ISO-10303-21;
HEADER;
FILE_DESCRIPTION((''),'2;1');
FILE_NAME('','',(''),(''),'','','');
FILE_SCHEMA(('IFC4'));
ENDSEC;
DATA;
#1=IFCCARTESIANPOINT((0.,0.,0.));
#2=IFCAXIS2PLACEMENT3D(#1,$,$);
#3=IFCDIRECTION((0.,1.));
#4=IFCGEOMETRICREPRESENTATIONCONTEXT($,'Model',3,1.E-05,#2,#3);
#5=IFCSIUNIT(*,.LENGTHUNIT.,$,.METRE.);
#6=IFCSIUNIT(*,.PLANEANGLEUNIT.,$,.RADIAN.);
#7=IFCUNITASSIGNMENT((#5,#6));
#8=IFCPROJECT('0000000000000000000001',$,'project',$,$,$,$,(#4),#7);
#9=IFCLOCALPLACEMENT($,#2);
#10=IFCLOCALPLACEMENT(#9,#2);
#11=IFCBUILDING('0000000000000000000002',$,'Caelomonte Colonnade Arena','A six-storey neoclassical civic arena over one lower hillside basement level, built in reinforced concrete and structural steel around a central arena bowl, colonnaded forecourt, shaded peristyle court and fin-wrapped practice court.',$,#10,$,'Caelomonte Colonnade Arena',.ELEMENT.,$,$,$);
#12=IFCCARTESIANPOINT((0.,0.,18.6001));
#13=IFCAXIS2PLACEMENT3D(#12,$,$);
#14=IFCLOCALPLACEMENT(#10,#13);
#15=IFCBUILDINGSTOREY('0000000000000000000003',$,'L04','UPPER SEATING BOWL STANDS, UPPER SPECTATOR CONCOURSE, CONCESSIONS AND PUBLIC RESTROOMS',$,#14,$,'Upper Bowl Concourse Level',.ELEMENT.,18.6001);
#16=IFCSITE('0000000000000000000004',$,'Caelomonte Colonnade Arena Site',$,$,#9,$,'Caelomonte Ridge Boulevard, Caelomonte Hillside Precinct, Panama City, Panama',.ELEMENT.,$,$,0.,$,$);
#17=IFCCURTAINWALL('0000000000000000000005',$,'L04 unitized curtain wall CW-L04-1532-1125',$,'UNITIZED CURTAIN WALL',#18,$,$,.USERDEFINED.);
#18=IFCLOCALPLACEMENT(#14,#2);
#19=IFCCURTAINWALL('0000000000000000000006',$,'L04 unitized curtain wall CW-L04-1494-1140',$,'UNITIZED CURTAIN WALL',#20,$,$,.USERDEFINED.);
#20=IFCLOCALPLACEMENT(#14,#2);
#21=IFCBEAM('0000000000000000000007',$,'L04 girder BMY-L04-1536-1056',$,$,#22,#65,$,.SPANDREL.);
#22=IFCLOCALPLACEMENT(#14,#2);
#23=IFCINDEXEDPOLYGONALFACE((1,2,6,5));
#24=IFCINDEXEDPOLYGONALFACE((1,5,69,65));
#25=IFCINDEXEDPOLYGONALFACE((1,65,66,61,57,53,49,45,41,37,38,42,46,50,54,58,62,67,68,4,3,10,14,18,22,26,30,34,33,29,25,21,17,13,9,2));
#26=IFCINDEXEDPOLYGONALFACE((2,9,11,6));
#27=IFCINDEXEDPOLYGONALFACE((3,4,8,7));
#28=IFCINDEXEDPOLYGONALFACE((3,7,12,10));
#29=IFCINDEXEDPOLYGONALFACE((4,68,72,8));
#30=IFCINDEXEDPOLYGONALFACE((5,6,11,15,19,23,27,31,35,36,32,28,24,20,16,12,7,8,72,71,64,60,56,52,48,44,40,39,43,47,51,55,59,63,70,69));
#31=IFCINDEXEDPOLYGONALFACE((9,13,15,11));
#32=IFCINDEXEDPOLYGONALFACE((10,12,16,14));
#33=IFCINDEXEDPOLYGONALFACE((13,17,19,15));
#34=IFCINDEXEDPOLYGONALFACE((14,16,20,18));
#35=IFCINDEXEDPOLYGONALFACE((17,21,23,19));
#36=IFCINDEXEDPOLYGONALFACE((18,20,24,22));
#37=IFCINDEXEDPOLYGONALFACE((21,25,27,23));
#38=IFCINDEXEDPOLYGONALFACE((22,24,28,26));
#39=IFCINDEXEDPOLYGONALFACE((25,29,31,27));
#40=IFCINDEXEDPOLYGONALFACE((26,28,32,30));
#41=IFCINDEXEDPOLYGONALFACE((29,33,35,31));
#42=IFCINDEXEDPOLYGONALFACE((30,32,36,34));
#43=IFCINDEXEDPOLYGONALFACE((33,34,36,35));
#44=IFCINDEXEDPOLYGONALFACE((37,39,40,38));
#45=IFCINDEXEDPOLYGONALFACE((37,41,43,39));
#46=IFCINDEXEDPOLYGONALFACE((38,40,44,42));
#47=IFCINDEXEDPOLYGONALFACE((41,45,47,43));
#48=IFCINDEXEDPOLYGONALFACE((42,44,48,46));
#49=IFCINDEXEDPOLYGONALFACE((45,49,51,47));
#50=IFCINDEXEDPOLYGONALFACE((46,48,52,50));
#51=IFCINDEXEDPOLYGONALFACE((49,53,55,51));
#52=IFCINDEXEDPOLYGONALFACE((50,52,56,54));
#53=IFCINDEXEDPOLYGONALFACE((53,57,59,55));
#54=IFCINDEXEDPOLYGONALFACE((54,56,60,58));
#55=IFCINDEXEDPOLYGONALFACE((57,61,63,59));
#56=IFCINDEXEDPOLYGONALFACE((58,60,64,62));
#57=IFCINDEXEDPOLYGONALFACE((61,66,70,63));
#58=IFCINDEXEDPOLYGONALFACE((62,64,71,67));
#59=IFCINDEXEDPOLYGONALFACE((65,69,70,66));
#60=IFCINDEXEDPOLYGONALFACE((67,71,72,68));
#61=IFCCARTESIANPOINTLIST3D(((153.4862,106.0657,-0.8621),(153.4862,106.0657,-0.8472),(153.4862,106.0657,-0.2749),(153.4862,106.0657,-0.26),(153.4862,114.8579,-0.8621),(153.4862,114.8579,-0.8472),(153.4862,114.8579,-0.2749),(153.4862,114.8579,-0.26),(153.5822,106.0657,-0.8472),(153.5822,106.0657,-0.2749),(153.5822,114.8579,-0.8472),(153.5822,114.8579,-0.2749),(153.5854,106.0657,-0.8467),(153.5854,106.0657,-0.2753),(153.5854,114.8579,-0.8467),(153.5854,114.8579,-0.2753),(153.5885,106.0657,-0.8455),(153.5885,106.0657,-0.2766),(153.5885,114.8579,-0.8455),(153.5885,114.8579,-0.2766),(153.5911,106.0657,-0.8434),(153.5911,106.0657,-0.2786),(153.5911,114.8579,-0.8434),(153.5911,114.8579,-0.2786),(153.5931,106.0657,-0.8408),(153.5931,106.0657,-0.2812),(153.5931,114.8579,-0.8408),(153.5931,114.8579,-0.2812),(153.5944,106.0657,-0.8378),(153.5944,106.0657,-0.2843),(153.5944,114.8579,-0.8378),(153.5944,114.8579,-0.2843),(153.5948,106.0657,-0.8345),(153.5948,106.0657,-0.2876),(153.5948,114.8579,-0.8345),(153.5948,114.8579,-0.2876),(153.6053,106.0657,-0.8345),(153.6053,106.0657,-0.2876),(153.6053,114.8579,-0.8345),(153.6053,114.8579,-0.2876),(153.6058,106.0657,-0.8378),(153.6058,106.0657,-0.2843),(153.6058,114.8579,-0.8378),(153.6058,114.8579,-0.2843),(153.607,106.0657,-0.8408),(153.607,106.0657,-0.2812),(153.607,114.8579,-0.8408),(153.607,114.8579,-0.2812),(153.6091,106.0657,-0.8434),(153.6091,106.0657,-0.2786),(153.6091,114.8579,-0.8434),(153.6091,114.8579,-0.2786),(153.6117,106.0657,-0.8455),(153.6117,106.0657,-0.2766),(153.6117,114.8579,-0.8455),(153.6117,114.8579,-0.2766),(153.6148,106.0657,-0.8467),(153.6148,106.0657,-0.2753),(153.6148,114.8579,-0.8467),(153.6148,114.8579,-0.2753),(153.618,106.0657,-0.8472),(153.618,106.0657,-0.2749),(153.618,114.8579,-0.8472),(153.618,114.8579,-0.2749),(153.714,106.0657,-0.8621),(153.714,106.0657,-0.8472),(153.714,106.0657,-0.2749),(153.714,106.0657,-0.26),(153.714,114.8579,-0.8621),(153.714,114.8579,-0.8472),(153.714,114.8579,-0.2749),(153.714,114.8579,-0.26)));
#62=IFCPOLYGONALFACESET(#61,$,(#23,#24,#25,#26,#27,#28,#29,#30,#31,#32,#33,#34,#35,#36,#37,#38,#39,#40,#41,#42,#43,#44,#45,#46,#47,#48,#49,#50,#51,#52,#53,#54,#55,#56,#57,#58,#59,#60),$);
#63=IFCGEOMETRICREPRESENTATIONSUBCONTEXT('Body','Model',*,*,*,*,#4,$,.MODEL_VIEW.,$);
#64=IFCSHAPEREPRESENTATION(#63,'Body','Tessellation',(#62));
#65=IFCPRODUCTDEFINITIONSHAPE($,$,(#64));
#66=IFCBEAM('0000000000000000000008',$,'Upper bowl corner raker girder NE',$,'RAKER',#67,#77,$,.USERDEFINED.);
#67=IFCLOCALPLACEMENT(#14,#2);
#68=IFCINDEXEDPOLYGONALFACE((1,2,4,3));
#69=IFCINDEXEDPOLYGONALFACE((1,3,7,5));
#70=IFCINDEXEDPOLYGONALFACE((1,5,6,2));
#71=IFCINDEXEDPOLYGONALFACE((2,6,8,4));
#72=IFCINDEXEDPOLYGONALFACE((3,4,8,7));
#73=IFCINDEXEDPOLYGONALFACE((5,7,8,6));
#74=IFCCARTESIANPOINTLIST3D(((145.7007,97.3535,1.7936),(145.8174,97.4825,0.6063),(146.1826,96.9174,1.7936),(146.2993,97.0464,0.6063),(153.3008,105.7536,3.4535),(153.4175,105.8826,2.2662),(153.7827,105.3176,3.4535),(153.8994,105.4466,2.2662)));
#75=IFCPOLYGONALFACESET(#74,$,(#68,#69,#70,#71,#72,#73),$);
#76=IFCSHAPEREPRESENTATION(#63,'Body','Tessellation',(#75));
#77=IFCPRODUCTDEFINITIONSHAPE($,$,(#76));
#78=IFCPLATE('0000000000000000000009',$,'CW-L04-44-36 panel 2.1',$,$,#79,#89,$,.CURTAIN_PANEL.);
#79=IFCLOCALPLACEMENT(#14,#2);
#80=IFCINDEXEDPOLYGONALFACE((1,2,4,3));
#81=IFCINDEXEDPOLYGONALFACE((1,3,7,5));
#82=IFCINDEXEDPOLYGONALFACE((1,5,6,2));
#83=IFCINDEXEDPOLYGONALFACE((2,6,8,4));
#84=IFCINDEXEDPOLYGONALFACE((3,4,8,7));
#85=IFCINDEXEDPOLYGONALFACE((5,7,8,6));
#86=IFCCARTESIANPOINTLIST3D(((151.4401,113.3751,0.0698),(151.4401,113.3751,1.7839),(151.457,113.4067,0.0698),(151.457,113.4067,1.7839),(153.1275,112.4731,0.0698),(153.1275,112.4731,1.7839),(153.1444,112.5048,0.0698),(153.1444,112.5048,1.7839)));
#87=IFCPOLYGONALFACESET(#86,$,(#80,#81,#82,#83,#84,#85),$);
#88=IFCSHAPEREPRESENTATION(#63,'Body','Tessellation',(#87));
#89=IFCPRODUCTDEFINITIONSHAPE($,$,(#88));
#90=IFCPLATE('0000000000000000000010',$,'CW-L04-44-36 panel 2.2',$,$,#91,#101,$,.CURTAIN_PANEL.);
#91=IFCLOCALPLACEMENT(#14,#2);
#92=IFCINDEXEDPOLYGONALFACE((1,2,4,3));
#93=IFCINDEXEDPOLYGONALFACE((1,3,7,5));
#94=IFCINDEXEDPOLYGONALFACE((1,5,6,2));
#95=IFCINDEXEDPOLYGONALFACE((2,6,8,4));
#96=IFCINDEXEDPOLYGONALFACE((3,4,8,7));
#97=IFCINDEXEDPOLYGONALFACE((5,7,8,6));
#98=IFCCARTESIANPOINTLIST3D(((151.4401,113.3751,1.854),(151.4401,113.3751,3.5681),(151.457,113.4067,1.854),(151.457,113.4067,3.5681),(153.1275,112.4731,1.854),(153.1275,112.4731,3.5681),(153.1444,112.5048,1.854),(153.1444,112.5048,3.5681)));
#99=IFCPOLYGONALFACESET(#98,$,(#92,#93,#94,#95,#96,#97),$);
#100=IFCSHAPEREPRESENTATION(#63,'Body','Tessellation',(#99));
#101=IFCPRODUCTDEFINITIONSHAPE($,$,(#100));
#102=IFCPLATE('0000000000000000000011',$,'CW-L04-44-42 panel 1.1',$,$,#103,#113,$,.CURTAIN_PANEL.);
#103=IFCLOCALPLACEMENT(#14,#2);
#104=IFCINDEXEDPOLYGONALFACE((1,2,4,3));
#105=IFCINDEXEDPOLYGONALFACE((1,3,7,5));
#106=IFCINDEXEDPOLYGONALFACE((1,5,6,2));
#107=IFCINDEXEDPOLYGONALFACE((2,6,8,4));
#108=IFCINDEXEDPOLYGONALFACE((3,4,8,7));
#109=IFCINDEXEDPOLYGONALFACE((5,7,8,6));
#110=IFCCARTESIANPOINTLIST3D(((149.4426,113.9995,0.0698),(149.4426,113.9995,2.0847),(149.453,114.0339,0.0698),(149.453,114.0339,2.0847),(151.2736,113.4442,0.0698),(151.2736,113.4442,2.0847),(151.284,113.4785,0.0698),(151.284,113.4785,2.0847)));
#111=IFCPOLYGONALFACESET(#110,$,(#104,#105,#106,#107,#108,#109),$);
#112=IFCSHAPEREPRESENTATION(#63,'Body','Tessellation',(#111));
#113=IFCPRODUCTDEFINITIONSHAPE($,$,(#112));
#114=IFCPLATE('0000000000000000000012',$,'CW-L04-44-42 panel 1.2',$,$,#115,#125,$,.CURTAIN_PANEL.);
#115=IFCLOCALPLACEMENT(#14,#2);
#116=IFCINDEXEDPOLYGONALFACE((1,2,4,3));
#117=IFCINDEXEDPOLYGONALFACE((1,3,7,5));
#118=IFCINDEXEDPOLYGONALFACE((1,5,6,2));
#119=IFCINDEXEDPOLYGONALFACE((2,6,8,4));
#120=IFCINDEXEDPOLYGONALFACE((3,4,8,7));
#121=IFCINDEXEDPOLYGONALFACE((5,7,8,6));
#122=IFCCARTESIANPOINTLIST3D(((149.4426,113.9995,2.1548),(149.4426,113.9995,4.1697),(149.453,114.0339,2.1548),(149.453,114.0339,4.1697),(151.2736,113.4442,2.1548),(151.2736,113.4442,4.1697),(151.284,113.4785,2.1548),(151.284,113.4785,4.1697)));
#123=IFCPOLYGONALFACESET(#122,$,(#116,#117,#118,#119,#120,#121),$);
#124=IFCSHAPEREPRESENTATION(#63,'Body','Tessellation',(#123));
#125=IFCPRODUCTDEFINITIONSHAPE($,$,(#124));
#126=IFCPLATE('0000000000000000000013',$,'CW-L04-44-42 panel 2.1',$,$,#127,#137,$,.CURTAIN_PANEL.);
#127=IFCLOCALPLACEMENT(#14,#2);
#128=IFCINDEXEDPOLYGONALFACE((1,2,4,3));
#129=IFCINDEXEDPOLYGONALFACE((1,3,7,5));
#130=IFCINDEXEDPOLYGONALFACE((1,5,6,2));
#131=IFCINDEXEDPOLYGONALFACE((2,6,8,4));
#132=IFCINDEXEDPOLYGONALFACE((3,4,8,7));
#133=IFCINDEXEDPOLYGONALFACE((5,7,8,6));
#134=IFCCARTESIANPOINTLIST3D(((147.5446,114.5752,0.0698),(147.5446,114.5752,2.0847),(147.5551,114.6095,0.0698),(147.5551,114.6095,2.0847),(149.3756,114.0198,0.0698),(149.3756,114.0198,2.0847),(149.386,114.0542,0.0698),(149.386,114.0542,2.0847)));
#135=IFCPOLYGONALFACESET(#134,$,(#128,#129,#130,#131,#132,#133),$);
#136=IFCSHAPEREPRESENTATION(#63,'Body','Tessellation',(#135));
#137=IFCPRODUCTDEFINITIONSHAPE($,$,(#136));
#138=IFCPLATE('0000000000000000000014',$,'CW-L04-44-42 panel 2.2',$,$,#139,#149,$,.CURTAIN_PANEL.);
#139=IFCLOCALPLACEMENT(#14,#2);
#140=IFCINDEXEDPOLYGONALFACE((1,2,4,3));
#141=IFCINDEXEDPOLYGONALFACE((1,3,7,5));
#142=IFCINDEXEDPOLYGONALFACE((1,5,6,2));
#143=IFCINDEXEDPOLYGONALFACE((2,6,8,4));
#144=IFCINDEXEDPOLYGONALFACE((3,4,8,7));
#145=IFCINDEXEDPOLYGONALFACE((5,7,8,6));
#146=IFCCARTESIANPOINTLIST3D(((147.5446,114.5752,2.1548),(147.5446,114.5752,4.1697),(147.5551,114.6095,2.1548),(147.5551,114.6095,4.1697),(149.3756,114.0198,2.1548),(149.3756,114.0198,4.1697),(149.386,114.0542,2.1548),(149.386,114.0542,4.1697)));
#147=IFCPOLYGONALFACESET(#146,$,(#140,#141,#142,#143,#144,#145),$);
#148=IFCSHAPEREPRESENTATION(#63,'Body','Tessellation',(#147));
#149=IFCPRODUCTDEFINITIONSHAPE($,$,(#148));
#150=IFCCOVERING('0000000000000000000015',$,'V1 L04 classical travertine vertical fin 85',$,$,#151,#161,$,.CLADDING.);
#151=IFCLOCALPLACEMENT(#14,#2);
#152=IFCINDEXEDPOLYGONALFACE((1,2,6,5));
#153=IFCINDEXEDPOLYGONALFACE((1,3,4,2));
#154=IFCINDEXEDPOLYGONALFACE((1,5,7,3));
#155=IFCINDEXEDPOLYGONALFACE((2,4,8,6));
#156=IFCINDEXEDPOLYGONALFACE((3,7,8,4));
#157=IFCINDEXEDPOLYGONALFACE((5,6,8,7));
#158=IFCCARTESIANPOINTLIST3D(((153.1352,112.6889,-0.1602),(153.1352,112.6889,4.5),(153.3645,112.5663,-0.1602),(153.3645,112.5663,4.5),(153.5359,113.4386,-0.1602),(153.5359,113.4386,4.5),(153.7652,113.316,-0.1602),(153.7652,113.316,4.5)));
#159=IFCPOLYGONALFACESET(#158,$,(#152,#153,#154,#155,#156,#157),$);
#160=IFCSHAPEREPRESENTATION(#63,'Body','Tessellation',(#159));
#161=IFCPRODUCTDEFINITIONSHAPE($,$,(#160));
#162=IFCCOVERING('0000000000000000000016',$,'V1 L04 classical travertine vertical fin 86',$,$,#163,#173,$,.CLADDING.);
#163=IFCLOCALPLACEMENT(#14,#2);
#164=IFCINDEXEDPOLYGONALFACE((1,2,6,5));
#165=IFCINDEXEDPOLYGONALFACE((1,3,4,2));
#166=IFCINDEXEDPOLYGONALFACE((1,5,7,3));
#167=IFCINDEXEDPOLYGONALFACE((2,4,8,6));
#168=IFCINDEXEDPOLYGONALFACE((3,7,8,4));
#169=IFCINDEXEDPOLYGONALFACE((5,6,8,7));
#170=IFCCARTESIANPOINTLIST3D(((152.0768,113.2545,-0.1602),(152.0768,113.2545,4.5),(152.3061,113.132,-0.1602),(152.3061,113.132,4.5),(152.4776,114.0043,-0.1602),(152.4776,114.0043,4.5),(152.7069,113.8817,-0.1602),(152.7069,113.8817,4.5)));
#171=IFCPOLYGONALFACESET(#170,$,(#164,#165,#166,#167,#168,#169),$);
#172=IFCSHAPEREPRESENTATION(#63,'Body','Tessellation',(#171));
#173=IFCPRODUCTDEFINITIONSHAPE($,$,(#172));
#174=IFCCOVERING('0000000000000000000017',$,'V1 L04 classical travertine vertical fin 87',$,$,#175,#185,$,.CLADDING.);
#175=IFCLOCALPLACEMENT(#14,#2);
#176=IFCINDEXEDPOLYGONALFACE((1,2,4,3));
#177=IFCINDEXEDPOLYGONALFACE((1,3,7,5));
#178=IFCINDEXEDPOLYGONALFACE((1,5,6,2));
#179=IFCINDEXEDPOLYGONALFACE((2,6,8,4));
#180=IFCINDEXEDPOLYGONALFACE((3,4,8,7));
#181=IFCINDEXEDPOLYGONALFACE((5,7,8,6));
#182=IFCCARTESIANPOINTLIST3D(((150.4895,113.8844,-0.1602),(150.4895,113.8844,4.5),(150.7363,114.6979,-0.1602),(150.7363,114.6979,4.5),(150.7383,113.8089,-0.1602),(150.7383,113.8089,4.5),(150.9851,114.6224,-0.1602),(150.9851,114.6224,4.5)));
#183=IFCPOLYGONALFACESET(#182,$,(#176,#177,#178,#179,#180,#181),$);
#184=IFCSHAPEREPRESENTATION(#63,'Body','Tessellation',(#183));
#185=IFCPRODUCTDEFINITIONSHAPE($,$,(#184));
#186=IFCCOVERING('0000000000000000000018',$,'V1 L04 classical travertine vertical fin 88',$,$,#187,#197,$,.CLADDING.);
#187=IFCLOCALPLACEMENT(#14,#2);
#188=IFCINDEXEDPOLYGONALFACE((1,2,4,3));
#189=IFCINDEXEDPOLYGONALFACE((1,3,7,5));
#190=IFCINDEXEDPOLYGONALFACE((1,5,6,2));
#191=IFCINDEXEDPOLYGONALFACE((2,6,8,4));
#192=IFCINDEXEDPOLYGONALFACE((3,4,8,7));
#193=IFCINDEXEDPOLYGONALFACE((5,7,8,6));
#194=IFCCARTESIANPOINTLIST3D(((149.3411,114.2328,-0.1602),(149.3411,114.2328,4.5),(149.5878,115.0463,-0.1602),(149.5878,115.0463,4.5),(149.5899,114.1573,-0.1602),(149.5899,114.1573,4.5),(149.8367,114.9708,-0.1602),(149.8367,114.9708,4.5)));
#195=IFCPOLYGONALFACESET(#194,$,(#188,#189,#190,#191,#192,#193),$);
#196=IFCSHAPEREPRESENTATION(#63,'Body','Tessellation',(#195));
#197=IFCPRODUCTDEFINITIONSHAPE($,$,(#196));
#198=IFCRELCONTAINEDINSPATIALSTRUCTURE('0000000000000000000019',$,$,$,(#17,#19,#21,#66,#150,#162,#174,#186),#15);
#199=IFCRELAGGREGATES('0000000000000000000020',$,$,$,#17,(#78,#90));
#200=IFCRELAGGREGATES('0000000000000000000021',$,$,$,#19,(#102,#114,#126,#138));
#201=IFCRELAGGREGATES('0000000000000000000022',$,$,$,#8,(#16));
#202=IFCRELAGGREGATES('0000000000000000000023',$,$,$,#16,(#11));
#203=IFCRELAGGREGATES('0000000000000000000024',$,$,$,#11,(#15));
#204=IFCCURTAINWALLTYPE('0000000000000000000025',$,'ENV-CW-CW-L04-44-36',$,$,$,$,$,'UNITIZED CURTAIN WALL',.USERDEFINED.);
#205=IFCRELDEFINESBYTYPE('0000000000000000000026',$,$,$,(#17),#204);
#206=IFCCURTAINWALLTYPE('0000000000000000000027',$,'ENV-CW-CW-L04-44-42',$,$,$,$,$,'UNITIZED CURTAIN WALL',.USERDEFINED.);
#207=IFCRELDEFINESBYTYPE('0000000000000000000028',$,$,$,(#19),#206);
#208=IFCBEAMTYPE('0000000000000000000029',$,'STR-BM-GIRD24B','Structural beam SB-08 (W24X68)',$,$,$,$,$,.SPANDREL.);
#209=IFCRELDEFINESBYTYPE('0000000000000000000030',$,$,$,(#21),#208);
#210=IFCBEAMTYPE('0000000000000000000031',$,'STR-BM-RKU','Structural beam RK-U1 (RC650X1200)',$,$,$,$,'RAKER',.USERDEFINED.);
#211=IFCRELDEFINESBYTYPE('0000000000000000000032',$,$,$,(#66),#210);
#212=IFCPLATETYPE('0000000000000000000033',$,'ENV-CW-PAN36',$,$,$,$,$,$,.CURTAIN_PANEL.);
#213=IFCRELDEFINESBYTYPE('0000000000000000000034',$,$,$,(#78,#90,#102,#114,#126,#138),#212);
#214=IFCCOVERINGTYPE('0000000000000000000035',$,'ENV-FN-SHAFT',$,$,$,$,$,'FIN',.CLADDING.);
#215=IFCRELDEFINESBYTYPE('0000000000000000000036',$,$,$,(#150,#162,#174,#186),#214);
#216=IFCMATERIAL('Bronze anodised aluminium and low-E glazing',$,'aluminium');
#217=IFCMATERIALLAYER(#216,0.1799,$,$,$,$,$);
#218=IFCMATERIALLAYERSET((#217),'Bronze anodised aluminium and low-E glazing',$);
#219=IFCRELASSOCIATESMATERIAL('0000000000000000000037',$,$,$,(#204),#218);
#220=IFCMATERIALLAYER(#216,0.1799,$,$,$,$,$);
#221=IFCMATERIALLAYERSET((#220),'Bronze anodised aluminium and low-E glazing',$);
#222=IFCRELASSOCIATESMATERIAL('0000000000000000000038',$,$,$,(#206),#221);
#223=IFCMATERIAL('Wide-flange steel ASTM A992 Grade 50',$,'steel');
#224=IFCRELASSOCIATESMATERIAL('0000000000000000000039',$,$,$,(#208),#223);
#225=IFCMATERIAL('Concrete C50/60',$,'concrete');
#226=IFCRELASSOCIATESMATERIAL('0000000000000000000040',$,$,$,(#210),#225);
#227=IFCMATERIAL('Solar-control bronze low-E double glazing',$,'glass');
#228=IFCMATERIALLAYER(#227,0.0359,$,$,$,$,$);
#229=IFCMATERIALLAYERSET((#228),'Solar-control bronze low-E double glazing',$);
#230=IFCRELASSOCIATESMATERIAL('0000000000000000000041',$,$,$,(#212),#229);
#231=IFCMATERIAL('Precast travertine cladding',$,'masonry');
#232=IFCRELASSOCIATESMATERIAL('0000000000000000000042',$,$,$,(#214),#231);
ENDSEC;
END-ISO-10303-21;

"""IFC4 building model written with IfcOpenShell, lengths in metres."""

from ifc_helpers import new_model, si_unit, direction, frame, origin, origin_2d, place, context, subcontext, project, spatial, rectangle, i_section, extrude, material, layer, layer_set, material_profile, profile_set, type_object, element, aggregate, save


model = new_model("IFC4")

# Units and contexts
model_context = context("Model", 3, precision=1e-05, world=origin(), true_north=direction((0.0, 1.0)))
body_context = subcontext(model_context, "Body", "Model", "MODEL_VIEW")
ifc_project = project(units=[si_unit("LENGTHUNIT", "METRE"), si_unit("PLANEANGLEUNIT", "RADIAN")], contexts=[model_context])

# Site, building, storey
site_placement = place(None, origin())
site = spatial("IfcSite", under=ifc_project, at=site_placement, Name="Caelomonte Colonnade Arena Site", LongName="Caelomonte Ridge Boulevard, Caelomonte Hillside Precinct, Panama City, Panama", CompositionType="ELEMENT", RefElevation=0.0)
building_placement = place(site_placement, origin())
building = spatial("IfcBuilding", under=site, at=building_placement, Name="Caelomonte Colonnade Arena", Description="A six-storey neoclassical civic arena over one lower hillside basement level, built in reinforced concrete and structural steel around a central arena bowl, colonnaded forecourt, shaded peristyle court and fin-wrapped practice court.", LongName="Caelomonte Colonnade Arena", CompositionType="ELEMENT")
storey_placement = place(building_placement, frame((0.0, 0.0, 18.6001)))
storey = spatial("IfcBuildingStorey", under=building, at=storey_placement, Name="L04", Description="UPPER SEATING BOWL STANDS, UPPER SPECTATOR CONCOURSE, CONCESSIONS AND PUBLIC RESTROOMS", LongName="Upper Bowl Concourse Level", CompositionType="ELEMENT", Elevation=18.6001)

# Shared definitions
ifc_material_1 = material(Name="Wide-flange steel ASTM A992 Grade 50", Category="steel")

# Curtain walls
ifc_material_2 = material(Name="Bronze anodised aluminium and low-E glazing", Category="aluminium")
ifc_layer_1 = layer(ifc_material_2, 0.1799)
ifc_layer_set_1 = layer_set([ifc_layer_1], Name="Bronze anodised aluminium and low-E glazing")
curtain_wall_type_1 = type_object("IfcCurtainWallType", Name="ENV-CW-CW-L04-44-36", ElementType="UNITIZED CURTAIN WALL", PredefinedType="USERDEFINED", material=ifc_layer_set_1)
curtain_wall_1_placement = place(storey_placement, origin())
curtain_wall_1 = element("IfcCurtainWall", 1, at=curtain_wall_1_placement, inside=storey, type_object=curtain_wall_type_1, Name="L04 unitized curtain wall CW-L04-1532-1125", ObjectType="UNITIZED CURTAIN WALL", PredefinedType="USERDEFINED")
ifc_layer_2 = layer(ifc_material_2, 0.1799)
ifc_layer_set_2 = layer_set([ifc_layer_2], Name="Bronze anodised aluminium and low-E glazing")
curtain_wall_type_2 = type_object("IfcCurtainWallType", Name="ENV-CW-CW-L04-44-42", ElementType="UNITIZED CURTAIN WALL", PredefinedType="USERDEFINED", material=ifc_layer_set_2)
curtain_wall_2_placement = place(storey_placement, origin())
curtain_wall_2 = element("IfcCurtainWall", 2, at=curtain_wall_2_placement, inside=storey, type_object=curtain_wall_type_2, Name="L04 unitized curtain wall CW-L04-1494-1140", ObjectType="UNITIZED CURTAIN WALL", PredefinedType="USERDEFINED")

# Beams
ifc_material_profile_1 = material_profile(ifc_material_1, i_section(OverallWidth=0.2278, OverallDepth=0.6021, WebThickness=0.0105, FlangeThickness=0.0149, FilletRadius=0.0127, at=origin_2d()), Name="W24X68")
ifc_profile_set_1 = profile_set([ifc_material_profile_1], Name="Wide-flange steel ASTM A992 Grade 50")
beam_type_1 = type_object("IfcBeamType", Name="STR-BM-GIRD24B", Description="Structural beam SB-08 (W24X68)", PredefinedType="SPANDREL", material=ifc_profile_set_1)
beam_1_placement = place(storey_placement, frame((153.6001, 106.0657, -0.561), z_axis=(0.0, 1.0, 0.0), x_axis=(-1.0, 0.0, 0.0)))
element("IfcBeam", 3, at=beam_1_placement, inside=storey, type_object=beam_type_1, Name="L04 girder BMY-L04-1536-1056", PredefinedType="SPANDREL", context=body_context, shape_type="SweptSolid", body=[
    extrude(i_section(OverallWidth=0.2278, OverallDepth=0.6021, WebThickness=0.0105, FlangeThickness=0.0149, FilletRadius=0.0127, at=origin_2d()), origin(), (0.0, 0.0, 1.0), 8.7922),
])
ifc_material_3 = material(Name="Concrete C50/60", Category="concrete")
ifc_material_profile_2 = material_profile(ifc_material_3, rectangle(XDim=0.6499, YDim=1.2, at=origin_2d()), Name="RC650X1200")
ifc_profile_set_2 = profile_set([ifc_material_profile_2], Name="Concrete C50/60")
beam_type_2 = type_object("IfcBeamType", Name="STR-BM-RKU", Description="Structural beam RK-U1 (RC650X1200)", ElementType="RAKER", PredefinedType="USERDEFINED", material=ifc_profile_set_2)
beam_2_placement = place(storey_placement, frame((153.6001, 105.6001, 2.8599), z_axis=(-0.663823, -0.733702, -0.144983), x_axis=(0.741537, -0.670912, 0.0)))
element("IfcBeam", 4, at=beam_2_placement, inside=storey, type_object=beam_type_2, Name="Upper bowl corner raker girder NE", ObjectType="RAKER", PredefinedType="USERDEFINED", context=body_context, shape_type="SweptSolid", body=[
    extrude(rectangle(XDim=0.6499, YDim=1.2, at=origin_2d()), origin(), (0.0, 0.0, 1.0), 11.449),
])

# Plates
ifc_material_4 = material(Name="Solar-control bronze low-E double glazing", Category="glass")
ifc_layer_3 = layer(ifc_material_4, 0.0359)
ifc_layer_set_3 = layer_set([ifc_layer_3], Name="Solar-control bronze low-E double glazing")
plate_type = type_object("IfcPlateType", Name="ENV-CW-PAN36", PredefinedType="CURTAIN_PANEL", material=ifc_layer_set_3)
plate_1_placement = place(storey_placement, frame((152.2922, 112.9399, 0.0698), z_axis=(0.0, 0.0, 1.0), x_axis=(-0.881923, 0.471394, 0.0)))
plate_1 = element("IfcPlate", 5, at=plate_1_placement, type_object=plate_type, Name="CW-L04-44-36 panel 2.1", PredefinedType="CURTAIN_PANEL", context=body_context, shape_type="SweptSolid", body=[
    extrude(rectangle(XDim=1.9133, YDim=0.0359, at=origin_2d()), origin(), (0.0, 0.0, 1.0), 1.7141),
])
plate_2_placement = place(storey_placement, frame((152.2922, 112.9399, 1.854), z_axis=(0.0, 0.0, 1.0), x_axis=(-0.881923, 0.471394, 0.0)))
plate_2 = element("IfcPlate", 6, at=plate_2_placement, type_object=plate_type, Name="CW-L04-44-36 panel 2.2", PredefinedType="CURTAIN_PANEL", context=body_context, shape_type="SweptSolid", body=[
    extrude(rectangle(XDim=1.9133, YDim=0.0359, at=origin_2d()), origin(), (0.0, 0.0, 1.0), 1.7141),
])
aggregate(curtain_wall_1, [plate_1, plate_2])
plate_3_placement = place(storey_placement, frame((150.3633, 113.739, 0.0698), z_axis=(0.0, 0.0, 1.0), x_axis=(-0.956949, 0.290256, 0.0)))
plate_3 = element("IfcPlate", 7, at=plate_3_placement, type_object=plate_type, Name="CW-L04-44-42 panel 1.1", PredefinedType="CURTAIN_PANEL", context=body_context, shape_type="SweptSolid", body=[
    extrude(rectangle(XDim=1.9133, YDim=0.0359, at=origin_2d()), origin(), (0.0, 0.0, 1.0), 2.0149),
])
plate_4_placement = place(storey_placement, frame((150.3633, 113.739, 2.1548), z_axis=(0.0, 0.0, 1.0), x_axis=(-0.956949, 0.290256, 0.0)))
plate_4 = element("IfcPlate", 8, at=plate_4_placement, type_object=plate_type, Name="CW-L04-44-42 panel 1.2", PredefinedType="CURTAIN_PANEL", context=body_context, shape_type="SweptSolid", body=[
    extrude(rectangle(XDim=1.9133, YDim=0.0359, at=origin_2d()), origin(), (0.0, 0.0, 1.0), 2.0149),
])
plate_5_placement = place(storey_placement, frame((148.4653, 114.3147, 0.0698), z_axis=(0.0, 0.0, 1.0), x_axis=(-0.956949, 0.290256, 0.0)))
plate_5 = element("IfcPlate", 9, at=plate_5_placement, type_object=plate_type, Name="CW-L04-44-42 panel 2.1", PredefinedType="CURTAIN_PANEL", context=body_context, shape_type="SweptSolid", body=[
    extrude(rectangle(XDim=1.9133, YDim=0.0359, at=origin_2d()), origin(), (0.0, 0.0, 1.0), 2.0149),
])
plate_6_placement = place(storey_placement, frame((148.4653, 114.3147, 2.1548), z_axis=(0.0, 0.0, 1.0), x_axis=(-0.956949, 0.290256, 0.0)))
plate_6 = element("IfcPlate", 10, at=plate_6_placement, type_object=plate_type, Name="CW-L04-44-42 panel 2.2", PredefinedType="CURTAIN_PANEL", context=body_context, shape_type="SweptSolid", body=[
    extrude(rectangle(XDim=1.9133, YDim=0.0359, at=origin_2d()), origin(), (0.0, 0.0, 1.0), 2.0149),
])
aggregate(curtain_wall_2, [plate_3, plate_4, plate_5, plate_6])

# Coverings
ifc_material_5 = material(Name="Precast travertine cladding", Category="masonry")
ifc_material_profile_3 = material_profile(ifc_material_5, rectangle(XDim=0.26, YDim=0.8501, at=origin_2d()), Name="FIN260X850")
ifc_profile_set_3 = profile_set([ifc_material_profile_3], Name="Precast travertine cladding")
covering_type = type_object("IfcCoveringType", Name="ENV-FN-SHAFT", ElementType="FIN", PredefinedType="CLADDING", material=ifc_profile_set_3)
for number, where, z_axis, x_axis, name in (
    (11, (153.4502, 113.0024, -0.1602), (0.0, 0.0, 1.0), (0.881921, -0.471397, 0.0), "V1 L04 classical travertine vertical fin 85"),
    (12, (152.3918, 113.5681, -0.1602), (0.0, 0.0, 1.0), (0.881921, -0.471397, 0.0), "V1 L04 classical travertine vertical fin 86"),
    (13, (150.7373, 114.2534, -0.1602), (0.0, 0.0, 1.0), (0.956943, -0.290276, 0.0), "V1 L04 classical travertine vertical fin 87"),
    (14, (149.5889, 114.6018, -0.1602), (0.0, 0.0, 1.0), (0.956943, -0.290276, 0.0), "V1 L04 classical travertine vertical fin 88"),
):
    element("IfcCovering", number, at=place(storey_placement, frame(where, z_axis=z_axis, x_axis=x_axis)), inside=storey, type_object=covering_type, Name=name, PredefinedType="CLADDING", context=body_context, shape_type="SweptSolid", body=[
        extrude(rectangle(XDim=0.26, YDim=0.8501, at=origin_2d()), origin(), (0.0, 0.0, 1.0), 4.6602),
    ])

save(model, "model.ifc")
